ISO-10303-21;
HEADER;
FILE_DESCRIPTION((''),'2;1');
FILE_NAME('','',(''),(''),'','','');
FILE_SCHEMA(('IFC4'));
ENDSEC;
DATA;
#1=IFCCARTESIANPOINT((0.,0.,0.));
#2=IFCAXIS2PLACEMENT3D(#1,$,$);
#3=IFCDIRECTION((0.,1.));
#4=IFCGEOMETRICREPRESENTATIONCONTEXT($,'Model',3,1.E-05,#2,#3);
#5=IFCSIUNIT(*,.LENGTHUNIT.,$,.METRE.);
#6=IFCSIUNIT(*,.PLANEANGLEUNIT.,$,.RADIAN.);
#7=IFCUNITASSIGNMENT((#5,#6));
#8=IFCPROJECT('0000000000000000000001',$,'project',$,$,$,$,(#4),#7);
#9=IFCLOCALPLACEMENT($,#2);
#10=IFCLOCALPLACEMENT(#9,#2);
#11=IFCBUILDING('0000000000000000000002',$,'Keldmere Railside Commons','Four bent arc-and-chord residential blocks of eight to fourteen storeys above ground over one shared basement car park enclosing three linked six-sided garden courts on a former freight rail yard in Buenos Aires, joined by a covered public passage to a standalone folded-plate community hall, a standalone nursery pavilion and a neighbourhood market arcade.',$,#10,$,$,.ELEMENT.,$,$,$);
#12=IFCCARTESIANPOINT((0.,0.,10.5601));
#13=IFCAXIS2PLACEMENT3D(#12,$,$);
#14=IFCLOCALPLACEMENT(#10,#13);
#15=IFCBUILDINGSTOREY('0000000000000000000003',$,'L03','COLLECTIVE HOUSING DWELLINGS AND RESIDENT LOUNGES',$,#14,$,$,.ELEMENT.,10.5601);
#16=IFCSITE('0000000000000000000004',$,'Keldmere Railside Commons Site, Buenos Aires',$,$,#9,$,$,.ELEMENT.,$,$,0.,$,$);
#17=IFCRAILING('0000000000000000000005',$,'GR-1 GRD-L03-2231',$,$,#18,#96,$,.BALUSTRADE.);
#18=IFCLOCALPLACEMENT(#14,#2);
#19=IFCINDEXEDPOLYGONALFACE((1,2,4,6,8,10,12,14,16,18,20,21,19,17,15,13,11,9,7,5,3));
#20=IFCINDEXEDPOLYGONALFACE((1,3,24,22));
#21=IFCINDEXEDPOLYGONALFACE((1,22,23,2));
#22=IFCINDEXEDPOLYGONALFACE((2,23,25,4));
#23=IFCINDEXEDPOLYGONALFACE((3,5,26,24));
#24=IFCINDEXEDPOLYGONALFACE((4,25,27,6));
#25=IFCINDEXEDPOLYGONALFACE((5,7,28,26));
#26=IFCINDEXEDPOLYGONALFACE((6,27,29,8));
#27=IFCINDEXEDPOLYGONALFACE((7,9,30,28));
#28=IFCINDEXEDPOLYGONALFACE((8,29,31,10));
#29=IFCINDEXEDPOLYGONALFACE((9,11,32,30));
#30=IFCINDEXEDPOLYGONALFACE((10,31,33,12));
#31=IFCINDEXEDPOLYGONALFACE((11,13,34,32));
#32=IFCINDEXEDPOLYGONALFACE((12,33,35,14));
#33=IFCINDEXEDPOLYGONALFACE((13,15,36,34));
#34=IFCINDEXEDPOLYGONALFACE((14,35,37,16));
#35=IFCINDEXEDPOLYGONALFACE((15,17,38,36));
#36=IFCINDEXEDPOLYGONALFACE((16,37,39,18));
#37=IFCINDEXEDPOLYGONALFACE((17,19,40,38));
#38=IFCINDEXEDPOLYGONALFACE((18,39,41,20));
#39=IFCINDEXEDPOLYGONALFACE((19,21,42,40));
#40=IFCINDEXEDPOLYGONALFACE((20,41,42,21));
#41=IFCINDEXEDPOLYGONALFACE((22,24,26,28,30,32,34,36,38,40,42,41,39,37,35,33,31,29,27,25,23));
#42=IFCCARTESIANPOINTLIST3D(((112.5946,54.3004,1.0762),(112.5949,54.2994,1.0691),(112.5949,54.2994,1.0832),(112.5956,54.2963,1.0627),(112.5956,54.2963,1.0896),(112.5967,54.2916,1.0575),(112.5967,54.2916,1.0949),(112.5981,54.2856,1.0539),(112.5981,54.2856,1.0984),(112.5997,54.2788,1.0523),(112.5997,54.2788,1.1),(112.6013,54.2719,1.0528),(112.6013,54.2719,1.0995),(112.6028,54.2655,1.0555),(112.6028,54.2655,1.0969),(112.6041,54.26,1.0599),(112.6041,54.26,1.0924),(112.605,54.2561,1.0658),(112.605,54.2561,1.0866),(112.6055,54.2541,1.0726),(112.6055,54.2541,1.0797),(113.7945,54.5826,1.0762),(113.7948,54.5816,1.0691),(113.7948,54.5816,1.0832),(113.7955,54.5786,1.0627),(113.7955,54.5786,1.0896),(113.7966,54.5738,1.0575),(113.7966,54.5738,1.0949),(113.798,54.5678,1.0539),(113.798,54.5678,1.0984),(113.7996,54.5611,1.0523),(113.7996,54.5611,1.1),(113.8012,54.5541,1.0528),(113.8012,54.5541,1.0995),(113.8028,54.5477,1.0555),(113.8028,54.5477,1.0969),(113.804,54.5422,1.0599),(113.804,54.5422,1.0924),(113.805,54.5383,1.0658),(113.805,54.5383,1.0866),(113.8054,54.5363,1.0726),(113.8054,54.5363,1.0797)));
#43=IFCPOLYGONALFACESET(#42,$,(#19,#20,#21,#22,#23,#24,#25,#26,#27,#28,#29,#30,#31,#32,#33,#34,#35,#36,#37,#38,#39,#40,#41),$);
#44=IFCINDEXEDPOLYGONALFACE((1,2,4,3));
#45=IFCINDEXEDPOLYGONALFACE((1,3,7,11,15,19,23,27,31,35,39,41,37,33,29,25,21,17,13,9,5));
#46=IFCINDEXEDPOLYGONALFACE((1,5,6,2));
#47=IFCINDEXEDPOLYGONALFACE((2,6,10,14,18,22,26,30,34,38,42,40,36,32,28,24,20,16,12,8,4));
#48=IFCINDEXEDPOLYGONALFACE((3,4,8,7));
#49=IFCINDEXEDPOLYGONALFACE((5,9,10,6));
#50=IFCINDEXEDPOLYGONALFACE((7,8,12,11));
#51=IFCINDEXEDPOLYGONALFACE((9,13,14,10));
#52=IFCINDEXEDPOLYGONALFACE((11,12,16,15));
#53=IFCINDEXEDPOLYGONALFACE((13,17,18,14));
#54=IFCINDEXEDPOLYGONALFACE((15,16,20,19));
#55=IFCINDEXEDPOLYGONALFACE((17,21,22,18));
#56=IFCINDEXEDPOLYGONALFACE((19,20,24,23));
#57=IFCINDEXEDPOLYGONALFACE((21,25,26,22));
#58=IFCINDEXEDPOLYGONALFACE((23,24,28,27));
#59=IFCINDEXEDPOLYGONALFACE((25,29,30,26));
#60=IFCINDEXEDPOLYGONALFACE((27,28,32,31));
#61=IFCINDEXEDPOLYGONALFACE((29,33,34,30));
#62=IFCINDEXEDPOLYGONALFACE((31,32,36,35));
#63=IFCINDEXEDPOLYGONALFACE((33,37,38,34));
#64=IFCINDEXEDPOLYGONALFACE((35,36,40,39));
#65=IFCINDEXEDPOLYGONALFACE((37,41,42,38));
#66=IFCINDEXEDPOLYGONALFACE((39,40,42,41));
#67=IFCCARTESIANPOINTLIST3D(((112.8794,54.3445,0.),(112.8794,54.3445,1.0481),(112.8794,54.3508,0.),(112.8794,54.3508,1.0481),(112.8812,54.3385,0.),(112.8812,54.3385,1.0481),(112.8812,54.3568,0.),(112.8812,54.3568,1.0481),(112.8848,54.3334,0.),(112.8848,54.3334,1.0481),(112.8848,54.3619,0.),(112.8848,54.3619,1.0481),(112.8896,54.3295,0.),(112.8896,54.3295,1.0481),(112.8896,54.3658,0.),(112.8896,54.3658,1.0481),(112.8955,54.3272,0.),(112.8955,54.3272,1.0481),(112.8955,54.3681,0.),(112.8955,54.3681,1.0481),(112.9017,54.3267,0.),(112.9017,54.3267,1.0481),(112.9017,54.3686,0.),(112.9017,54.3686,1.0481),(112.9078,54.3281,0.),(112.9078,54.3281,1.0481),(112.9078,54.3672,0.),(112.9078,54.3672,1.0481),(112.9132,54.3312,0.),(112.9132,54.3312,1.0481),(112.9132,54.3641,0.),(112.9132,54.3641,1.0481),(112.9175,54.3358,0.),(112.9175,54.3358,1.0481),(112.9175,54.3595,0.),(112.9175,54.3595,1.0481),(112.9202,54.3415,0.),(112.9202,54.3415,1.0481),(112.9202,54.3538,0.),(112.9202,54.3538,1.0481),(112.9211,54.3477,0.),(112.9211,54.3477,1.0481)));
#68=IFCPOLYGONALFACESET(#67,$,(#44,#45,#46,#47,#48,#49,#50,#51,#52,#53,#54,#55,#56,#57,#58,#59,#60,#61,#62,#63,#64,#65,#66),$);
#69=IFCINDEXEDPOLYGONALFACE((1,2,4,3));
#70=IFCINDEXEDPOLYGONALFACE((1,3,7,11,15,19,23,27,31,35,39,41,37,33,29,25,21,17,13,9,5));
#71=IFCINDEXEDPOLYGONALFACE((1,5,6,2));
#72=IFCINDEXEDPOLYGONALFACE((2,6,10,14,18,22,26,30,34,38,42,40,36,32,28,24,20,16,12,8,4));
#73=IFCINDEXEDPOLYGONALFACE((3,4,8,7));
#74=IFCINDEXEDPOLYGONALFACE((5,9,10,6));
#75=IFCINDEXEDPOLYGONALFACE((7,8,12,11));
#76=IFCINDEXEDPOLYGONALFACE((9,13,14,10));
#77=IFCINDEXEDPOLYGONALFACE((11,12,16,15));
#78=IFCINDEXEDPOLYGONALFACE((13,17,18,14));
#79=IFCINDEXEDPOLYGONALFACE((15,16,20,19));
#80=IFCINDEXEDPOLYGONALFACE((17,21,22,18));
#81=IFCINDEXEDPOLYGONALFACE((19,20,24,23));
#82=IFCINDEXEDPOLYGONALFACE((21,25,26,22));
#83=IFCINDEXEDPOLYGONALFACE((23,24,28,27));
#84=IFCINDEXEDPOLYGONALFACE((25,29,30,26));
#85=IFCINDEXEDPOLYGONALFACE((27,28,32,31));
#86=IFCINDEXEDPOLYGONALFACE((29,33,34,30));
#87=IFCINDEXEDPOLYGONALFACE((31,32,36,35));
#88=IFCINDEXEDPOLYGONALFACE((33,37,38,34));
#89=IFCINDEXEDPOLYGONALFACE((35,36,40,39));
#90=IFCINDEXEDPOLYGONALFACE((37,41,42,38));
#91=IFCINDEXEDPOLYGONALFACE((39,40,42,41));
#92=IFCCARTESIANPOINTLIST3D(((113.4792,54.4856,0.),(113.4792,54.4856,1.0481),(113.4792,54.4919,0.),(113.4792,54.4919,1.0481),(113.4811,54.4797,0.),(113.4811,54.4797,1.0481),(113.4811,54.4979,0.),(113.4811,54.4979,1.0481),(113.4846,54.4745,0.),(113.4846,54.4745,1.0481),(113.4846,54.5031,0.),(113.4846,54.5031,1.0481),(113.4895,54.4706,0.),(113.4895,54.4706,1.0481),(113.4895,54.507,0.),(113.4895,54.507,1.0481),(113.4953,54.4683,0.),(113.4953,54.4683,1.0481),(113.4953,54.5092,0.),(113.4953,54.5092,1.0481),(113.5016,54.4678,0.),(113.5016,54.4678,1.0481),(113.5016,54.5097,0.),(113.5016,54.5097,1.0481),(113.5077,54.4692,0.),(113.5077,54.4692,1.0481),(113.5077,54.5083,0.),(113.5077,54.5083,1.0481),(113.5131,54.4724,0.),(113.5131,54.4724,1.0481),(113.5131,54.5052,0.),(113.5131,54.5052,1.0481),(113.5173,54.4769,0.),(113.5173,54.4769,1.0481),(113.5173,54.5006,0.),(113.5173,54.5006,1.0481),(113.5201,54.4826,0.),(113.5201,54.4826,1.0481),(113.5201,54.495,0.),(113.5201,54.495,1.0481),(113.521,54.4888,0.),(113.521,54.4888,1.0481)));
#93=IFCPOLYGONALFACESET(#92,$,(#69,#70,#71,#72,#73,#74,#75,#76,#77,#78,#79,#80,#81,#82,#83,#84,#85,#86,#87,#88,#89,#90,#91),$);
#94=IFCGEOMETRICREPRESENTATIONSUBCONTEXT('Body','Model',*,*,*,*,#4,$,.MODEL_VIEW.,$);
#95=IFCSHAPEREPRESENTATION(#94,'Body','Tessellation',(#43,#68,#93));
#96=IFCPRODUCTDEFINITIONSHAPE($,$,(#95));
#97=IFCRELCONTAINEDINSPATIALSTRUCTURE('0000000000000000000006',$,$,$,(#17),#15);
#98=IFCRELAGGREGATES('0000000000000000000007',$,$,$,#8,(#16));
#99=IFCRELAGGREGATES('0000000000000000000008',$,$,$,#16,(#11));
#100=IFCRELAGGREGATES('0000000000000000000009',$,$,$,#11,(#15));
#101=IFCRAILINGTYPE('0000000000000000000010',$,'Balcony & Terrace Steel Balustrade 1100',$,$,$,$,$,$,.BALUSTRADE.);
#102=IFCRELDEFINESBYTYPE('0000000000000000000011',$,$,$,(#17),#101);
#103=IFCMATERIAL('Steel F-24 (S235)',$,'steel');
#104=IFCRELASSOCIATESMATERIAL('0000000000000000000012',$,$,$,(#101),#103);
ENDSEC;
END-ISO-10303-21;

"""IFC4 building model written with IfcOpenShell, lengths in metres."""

from ifc_helpers import new_model, si_unit, direction, frame, origin, origin_2d, place, context, subcontext, project, spatial, circle, extrude, material, type_object, element, save


model = new_model("IFC4")

# Units and contexts
model_context = context("Model", 3, precision=1e-05, world=origin(), true_north=direction((0.0, 1.0)))
body_context = subcontext(model_context, "Body", "Model", "MODEL_VIEW")
ifc_project = project(units=[si_unit("LENGTHUNIT", "METRE"), si_unit("PLANEANGLEUNIT", "RADIAN")], contexts=[model_context])

# Site, building, storey
site_placement = place(None, origin())
site = spatial("IfcSite", under=ifc_project, at=site_placement, Name="Keldmere Railside Commons Site, Buenos Aires", CompositionType="ELEMENT", RefElevation=0.0)
building_placement = place(site_placement, origin())
building = spatial("IfcBuilding", under=site, at=building_placement, Name="Keldmere Railside Commons", Description="Four bent arc-and-chord residential blocks of eight to fourteen storeys above ground over one shared basement car park enclosing three linked six-sided garden courts on a former freight rail yard in Buenos Aires, joined by a covered public passage to a standalone folded-plate community hall, a standalone nursery pavilion and a neighbourhood market arcade.", CompositionType="ELEMENT")
storey_placement = place(building_placement, frame((0.0, 0.0, 10.5601)))
storey = spatial("IfcBuildingStorey", under=building, at=storey_placement, Name="L03", Description="COLLECTIVE HOUSING DWELLINGS AND RESIDENT LOUNGES", CompositionType="ELEMENT", Elevation=10.5601)

# Shared definitions
ifc_material_1 = material(Name="Steel F-24 (S235)", Category="steel")

# Railing
railing_type = type_object("IfcRailingType", Name="Balcony & Terrace Steel Balustrade 1100", PredefinedType="BALUSTRADE", material=ifc_material_1)
railing_1_placement = place(storey_placement, frame((112.6001, 54.2771, 0.0)))
element("IfcRailing", 1, at=railing_1_placement, inside=storey, type_object=railing_type, Name="GR-1 GRD-L03-2231", PredefinedType="BALUSTRADE", context=body_context, shape_type="SweptSolid", body=[
    extrude(circle(Radius=0.0239, at=origin_2d()), frame((0.0, 0.0, 1.0762), z_axis=(0.973438, 0.228951, 0.0), x_axis=(-0.228951, 0.973438, 0.0)), (0.0, 0.0, 1.0), 1.2327),
    extrude(circle(Radius=0.021, at=origin_2d()), frame((0.3, 0.0706, 0.0)), (0.0, 0.0, 1.0), 1.0481),
    extrude(circle(Radius=0.021, at=origin_2d()), frame((0.8999, 0.2117, 0.0)), (0.0, 0.0, 1.0), 1.0481),
])

save(model, "model.ifc")
